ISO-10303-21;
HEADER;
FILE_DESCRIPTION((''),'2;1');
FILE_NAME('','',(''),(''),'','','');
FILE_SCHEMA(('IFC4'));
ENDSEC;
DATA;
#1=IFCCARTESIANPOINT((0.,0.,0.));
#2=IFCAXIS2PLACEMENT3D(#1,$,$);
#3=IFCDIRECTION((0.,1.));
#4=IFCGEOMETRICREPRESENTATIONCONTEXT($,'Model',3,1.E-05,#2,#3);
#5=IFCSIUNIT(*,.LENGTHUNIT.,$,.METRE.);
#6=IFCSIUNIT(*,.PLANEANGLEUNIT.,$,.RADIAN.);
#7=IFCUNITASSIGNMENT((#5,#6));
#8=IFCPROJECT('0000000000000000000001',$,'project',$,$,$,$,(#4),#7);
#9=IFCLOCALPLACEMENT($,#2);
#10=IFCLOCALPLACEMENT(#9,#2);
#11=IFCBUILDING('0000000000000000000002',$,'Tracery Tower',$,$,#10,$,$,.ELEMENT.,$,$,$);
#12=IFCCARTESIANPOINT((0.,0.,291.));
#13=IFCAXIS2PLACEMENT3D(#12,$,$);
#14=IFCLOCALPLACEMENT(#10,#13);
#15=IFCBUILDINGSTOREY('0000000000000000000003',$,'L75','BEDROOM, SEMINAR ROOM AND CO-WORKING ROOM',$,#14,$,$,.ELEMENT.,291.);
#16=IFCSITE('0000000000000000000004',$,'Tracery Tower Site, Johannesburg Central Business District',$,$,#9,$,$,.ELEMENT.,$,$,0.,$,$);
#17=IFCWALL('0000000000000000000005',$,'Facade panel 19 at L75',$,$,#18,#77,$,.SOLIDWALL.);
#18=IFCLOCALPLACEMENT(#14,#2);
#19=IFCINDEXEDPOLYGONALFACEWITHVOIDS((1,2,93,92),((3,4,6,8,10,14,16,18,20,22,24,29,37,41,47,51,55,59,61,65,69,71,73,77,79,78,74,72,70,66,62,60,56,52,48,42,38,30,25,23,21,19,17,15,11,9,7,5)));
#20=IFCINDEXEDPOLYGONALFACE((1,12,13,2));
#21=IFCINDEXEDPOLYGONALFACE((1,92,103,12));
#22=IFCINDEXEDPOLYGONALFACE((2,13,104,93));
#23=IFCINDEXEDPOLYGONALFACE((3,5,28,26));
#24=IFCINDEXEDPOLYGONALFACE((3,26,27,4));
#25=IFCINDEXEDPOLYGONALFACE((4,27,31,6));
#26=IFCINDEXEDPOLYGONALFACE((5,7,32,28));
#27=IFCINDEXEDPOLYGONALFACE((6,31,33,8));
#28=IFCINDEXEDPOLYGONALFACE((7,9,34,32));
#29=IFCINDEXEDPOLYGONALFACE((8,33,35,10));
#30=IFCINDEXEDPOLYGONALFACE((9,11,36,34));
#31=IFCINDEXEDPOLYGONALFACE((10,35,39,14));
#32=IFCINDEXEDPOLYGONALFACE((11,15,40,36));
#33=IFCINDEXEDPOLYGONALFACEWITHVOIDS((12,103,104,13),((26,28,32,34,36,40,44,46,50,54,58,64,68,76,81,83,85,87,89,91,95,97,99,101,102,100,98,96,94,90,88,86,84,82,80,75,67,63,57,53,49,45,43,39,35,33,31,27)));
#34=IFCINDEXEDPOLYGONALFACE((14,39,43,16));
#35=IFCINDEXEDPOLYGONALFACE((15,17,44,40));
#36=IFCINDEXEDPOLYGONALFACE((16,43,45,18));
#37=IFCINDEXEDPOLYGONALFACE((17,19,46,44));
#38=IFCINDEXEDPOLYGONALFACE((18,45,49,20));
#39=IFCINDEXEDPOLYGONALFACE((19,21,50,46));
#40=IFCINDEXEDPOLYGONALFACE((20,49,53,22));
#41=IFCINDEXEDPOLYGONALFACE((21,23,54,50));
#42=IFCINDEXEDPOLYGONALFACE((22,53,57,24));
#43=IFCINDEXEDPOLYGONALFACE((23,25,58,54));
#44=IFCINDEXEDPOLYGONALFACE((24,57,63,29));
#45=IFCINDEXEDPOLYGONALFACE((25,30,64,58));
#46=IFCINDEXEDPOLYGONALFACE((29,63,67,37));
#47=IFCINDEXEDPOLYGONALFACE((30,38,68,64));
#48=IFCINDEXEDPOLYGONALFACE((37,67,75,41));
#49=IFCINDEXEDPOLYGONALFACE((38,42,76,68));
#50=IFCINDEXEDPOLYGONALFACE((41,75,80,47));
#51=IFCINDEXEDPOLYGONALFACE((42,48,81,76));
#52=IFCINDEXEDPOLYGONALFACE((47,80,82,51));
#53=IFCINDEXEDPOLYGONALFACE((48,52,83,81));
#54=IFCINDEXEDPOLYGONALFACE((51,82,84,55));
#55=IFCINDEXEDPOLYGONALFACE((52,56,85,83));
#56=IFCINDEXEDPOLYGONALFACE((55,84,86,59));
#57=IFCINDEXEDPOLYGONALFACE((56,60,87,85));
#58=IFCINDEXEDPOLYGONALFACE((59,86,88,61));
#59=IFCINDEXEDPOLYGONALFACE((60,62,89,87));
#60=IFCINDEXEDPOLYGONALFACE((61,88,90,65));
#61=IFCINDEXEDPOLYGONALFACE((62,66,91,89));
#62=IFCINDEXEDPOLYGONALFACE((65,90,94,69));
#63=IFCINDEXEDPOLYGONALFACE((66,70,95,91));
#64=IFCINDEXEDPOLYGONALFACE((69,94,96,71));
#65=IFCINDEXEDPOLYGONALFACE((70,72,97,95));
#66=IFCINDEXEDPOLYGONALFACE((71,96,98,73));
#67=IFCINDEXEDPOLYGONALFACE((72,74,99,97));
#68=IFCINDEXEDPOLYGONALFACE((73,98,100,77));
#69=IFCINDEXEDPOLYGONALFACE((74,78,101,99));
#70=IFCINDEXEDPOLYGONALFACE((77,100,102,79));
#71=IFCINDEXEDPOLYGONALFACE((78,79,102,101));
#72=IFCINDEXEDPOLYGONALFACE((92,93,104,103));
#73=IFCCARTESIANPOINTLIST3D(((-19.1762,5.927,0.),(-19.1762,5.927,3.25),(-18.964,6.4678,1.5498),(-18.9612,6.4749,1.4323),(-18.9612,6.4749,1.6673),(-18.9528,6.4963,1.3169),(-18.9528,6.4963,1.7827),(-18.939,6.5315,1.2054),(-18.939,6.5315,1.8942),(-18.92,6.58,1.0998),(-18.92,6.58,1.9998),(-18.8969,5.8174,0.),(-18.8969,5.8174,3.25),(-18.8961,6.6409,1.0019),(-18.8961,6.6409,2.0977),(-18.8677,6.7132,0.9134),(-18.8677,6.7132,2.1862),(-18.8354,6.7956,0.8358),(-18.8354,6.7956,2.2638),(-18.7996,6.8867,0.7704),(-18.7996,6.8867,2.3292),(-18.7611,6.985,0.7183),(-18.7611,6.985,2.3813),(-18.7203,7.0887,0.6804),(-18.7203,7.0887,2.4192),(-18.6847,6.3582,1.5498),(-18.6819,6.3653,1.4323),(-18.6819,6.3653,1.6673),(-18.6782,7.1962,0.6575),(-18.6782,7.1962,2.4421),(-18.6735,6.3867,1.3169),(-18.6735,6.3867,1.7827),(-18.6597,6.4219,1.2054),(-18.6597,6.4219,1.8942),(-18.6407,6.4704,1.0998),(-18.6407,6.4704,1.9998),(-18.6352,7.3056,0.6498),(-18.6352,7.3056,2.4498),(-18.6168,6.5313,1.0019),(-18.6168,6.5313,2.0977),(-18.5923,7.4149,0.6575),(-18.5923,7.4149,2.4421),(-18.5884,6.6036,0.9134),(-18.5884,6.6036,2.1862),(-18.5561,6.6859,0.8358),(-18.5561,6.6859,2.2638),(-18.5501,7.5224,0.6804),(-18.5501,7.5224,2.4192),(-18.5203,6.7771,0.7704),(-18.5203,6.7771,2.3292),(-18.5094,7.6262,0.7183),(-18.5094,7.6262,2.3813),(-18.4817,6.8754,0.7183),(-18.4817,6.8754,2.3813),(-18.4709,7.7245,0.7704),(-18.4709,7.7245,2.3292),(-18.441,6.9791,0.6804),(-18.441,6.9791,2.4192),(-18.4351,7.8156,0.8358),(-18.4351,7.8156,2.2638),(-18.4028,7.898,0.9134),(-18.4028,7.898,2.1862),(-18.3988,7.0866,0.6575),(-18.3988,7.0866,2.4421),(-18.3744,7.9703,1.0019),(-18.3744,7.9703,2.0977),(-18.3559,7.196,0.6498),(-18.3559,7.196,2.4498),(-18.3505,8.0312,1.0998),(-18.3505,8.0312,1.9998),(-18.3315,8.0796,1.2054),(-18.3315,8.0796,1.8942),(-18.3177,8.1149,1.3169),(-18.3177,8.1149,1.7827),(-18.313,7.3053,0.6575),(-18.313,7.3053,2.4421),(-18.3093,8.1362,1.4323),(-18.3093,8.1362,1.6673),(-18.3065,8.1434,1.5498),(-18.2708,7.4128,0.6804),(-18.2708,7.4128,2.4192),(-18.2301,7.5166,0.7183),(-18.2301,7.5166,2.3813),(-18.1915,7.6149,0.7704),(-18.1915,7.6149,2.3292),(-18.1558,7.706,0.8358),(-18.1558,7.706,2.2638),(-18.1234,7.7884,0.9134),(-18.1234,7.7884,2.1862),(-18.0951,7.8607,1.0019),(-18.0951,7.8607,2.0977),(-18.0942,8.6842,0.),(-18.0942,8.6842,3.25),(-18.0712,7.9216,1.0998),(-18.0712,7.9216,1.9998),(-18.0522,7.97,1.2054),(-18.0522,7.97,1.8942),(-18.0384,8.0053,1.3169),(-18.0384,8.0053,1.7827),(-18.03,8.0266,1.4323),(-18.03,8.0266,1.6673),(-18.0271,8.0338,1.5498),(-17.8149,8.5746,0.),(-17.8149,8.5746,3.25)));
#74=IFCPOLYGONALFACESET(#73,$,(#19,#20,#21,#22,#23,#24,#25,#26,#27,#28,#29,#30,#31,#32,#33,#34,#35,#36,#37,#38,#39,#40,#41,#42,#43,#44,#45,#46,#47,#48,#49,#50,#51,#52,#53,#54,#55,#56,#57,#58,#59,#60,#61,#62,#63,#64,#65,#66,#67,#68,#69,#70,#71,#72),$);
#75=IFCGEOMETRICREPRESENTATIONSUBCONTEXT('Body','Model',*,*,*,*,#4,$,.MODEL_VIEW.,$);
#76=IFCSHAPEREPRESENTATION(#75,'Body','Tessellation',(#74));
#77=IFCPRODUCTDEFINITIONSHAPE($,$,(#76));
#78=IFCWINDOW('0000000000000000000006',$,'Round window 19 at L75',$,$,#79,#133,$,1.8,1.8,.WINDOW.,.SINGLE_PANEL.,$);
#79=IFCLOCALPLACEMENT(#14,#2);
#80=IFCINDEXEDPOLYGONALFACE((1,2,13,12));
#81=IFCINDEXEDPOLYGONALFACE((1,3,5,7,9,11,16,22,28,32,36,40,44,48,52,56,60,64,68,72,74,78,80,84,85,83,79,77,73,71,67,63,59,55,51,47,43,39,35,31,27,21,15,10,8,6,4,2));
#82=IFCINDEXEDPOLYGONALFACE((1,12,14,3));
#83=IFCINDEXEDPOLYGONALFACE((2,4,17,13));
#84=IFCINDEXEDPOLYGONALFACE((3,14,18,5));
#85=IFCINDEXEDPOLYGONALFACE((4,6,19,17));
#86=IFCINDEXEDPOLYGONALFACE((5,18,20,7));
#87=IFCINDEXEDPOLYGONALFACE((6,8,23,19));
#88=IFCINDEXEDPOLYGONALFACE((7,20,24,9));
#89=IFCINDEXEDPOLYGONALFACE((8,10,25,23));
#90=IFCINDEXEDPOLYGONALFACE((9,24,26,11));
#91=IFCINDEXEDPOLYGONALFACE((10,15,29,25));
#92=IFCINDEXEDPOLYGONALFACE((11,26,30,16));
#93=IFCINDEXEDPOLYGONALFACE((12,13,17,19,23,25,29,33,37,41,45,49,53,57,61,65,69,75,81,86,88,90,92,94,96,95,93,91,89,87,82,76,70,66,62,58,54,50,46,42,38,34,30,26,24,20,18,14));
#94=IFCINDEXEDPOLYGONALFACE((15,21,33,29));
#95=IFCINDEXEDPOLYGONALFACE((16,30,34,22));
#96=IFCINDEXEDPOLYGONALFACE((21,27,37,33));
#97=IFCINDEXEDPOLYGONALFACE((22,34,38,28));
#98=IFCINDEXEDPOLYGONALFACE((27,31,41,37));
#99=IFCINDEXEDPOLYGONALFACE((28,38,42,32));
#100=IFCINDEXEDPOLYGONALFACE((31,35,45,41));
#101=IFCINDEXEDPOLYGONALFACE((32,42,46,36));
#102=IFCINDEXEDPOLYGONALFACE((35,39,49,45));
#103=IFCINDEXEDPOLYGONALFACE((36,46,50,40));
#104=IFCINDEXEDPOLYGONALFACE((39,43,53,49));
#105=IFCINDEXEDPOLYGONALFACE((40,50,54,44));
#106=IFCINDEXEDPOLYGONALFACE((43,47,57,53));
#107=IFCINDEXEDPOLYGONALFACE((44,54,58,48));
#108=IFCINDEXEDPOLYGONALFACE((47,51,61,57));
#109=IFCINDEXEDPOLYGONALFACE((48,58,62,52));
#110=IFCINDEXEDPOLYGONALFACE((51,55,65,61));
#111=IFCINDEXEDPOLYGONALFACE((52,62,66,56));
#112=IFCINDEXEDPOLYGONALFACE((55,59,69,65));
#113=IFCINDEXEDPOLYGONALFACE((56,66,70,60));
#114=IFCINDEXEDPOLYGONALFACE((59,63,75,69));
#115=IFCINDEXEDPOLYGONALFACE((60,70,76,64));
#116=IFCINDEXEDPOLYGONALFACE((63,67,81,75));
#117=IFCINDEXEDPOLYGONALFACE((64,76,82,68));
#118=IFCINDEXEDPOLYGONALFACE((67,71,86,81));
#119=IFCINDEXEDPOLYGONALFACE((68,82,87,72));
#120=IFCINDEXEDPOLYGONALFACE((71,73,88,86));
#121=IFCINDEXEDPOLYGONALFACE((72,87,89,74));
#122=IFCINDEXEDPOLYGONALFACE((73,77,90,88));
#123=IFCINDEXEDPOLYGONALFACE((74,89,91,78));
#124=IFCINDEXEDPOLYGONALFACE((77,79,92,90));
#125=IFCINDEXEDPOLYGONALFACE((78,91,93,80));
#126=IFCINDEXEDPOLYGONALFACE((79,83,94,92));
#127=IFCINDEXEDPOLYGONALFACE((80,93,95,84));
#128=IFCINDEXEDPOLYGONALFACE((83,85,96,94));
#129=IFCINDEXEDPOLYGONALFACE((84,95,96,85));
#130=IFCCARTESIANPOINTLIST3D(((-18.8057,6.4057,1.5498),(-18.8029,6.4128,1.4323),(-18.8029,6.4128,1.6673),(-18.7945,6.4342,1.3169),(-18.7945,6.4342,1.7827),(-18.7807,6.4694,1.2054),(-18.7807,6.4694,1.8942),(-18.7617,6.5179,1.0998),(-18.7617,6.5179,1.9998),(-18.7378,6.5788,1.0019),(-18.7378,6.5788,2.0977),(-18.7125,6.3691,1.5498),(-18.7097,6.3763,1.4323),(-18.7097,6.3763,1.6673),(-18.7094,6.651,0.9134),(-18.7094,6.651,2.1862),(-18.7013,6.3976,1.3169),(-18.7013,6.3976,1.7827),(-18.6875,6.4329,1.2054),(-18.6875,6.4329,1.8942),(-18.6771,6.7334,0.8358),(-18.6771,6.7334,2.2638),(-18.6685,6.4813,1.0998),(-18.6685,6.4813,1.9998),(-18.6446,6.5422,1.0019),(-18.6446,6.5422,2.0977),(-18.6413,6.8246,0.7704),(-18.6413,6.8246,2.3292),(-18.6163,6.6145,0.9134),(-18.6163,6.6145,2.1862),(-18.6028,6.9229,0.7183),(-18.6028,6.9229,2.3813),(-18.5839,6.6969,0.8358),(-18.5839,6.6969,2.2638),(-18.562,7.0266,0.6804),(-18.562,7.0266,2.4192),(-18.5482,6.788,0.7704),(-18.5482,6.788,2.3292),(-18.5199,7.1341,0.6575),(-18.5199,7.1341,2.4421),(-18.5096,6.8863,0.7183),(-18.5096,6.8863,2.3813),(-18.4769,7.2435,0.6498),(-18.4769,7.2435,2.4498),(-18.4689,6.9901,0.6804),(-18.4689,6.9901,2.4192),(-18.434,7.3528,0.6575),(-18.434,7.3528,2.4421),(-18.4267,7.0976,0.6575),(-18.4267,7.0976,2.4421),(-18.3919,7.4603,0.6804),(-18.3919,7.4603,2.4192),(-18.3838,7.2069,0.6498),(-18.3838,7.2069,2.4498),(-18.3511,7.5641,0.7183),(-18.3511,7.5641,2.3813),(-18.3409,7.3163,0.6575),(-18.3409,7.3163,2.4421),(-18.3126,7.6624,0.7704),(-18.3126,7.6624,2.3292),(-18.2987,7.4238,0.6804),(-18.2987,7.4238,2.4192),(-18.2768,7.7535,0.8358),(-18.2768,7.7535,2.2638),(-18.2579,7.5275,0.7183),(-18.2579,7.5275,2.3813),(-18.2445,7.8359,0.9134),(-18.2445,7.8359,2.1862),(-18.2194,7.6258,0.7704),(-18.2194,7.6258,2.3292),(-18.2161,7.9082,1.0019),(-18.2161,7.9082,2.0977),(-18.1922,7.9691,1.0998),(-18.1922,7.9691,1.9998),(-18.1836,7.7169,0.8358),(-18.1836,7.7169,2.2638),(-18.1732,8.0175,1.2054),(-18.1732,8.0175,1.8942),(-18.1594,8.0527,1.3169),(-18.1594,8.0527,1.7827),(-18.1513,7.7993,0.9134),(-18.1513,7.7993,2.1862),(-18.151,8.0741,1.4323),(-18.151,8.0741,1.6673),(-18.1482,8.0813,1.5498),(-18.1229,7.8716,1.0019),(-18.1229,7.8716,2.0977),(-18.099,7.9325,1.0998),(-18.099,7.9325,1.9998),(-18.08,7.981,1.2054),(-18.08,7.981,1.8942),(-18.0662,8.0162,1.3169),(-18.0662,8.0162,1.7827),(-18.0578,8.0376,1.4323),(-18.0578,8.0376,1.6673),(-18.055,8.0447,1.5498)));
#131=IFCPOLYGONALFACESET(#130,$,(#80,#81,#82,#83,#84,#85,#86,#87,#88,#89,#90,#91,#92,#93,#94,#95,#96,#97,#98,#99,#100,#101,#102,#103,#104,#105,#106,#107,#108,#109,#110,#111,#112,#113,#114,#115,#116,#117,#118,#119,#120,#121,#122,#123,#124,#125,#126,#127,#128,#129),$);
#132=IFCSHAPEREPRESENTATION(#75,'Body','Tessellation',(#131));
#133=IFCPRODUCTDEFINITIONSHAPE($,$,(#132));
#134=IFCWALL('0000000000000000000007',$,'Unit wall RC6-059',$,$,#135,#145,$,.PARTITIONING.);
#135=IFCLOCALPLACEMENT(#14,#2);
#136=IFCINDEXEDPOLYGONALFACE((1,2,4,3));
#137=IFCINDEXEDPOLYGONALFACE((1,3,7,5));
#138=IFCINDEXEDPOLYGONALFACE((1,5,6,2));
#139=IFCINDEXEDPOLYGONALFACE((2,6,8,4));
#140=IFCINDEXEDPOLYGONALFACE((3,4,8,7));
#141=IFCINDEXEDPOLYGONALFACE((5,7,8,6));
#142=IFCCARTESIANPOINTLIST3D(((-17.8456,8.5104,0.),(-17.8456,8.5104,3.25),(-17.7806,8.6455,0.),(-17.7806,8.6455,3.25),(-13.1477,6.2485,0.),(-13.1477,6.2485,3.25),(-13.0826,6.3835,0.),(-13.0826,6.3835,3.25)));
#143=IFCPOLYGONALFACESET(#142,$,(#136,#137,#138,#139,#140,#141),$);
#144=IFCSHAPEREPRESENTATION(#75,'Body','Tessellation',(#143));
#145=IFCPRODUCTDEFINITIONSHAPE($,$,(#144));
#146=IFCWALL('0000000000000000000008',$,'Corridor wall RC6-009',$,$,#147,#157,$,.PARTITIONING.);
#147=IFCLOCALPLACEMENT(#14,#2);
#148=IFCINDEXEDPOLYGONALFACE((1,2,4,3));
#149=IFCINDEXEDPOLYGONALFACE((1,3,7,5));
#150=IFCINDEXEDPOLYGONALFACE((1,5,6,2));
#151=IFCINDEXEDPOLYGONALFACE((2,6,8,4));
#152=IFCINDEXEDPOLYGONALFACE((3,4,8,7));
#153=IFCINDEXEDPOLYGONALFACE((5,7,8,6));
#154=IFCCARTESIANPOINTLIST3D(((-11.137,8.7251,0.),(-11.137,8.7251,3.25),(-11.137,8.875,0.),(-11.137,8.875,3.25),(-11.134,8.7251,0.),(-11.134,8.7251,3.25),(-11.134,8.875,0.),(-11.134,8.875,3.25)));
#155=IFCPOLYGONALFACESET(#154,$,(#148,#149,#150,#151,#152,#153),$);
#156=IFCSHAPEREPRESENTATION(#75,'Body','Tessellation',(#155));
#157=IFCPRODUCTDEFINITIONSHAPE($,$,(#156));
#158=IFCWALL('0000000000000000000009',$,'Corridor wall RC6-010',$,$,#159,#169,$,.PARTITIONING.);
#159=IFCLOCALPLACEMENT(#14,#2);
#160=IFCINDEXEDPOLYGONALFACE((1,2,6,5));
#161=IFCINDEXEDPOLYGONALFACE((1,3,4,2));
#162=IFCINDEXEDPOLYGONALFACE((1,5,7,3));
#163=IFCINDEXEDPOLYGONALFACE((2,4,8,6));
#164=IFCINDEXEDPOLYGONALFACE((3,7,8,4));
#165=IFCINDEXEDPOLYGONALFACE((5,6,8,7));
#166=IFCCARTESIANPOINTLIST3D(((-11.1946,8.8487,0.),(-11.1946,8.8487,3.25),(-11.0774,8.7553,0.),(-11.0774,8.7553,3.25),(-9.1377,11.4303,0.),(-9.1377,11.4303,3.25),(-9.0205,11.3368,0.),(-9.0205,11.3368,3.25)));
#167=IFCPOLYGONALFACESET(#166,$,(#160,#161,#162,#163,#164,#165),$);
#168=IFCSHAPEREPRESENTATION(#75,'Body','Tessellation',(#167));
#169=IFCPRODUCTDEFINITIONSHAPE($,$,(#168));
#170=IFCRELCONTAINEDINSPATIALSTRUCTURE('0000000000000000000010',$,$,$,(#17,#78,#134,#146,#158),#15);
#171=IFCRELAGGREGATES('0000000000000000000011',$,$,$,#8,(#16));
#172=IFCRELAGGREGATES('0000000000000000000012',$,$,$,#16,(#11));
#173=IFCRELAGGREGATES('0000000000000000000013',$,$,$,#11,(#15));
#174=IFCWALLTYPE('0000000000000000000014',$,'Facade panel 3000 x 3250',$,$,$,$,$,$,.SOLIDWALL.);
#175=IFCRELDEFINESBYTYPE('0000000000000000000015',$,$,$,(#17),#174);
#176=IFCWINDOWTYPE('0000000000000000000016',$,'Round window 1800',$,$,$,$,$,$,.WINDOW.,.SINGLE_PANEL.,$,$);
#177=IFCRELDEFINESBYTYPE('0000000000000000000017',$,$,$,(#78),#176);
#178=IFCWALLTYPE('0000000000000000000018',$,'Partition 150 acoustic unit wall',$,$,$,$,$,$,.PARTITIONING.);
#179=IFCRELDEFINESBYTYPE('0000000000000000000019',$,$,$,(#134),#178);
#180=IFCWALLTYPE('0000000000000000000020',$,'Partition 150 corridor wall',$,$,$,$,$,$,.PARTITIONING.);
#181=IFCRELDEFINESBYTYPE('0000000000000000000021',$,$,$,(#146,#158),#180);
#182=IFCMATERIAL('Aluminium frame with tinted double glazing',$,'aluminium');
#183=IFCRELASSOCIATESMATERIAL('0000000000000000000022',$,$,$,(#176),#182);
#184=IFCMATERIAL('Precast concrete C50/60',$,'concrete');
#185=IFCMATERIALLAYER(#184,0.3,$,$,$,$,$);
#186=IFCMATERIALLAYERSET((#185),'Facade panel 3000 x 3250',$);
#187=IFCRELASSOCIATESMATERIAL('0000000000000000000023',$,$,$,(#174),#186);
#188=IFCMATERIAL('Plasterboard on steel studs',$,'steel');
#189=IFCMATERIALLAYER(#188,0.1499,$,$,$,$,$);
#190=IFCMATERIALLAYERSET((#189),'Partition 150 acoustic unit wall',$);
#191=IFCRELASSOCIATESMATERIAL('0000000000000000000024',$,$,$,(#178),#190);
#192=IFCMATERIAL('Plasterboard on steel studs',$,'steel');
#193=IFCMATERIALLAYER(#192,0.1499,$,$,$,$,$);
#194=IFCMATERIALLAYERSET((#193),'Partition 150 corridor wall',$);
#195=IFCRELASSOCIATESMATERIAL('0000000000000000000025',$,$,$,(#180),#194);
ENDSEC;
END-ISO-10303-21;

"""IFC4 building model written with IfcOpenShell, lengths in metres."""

from ifc_helpers import new_model, si_unit, direction, frame, frame_2d, origin, origin_2d, place, context, subcontext, project, spatial, rectangle, circle, extrude, material, layer, layer_set, type_object, element, fill, save


model = new_model("IFC4")

# Units and contexts
model_context = context("Model", 3, precision=1e-05, world=origin(), true_north=direction((0.0, 1.0)))
body_context = subcontext(model_context, "Body", "Model", "MODEL_VIEW")
ifc_project = project(units=[si_unit("LENGTHUNIT", "METRE"), si_unit("PLANEANGLEUNIT", "RADIAN")], contexts=[model_context])

# Site, building, storey
site_placement = place(None, origin())
site = spatial("IfcSite", under=ifc_project, at=site_placement, Name="Tracery Tower Site, Johannesburg Central Business District", CompositionType="ELEMENT", RefElevation=0.0)
building_placement = place(site_placement, origin())
building = spatial("IfcBuilding", under=site, at=building_placement, Name="Tracery Tower", CompositionType="ELEMENT")
storey_placement = place(building_placement, frame((0.0, 0.0, 291.0)))
storey = spatial("IfcBuildingStorey", under=building, at=storey_placement, Name="L75", Description="BEDROOM, SEMINAR ROOM AND CO-WORKING ROOM", CompositionType="ELEMENT", Elevation=291.0)

# Wall, opening, window
ifc_material_1 = material(Name="Aluminium frame with tinted double glazing", Category="aluminium")
window_type = type_object("IfcWindowType", Name="Round window 1800", PartitioningType="SINGLE_PANEL", PredefinedType="WINDOW", material=ifc_material_1)
ifc_material_2 = material(Name="Precast concrete C50/60", Category="concrete")
ifc_layer_1 = layer(ifc_material_2, 0.3)
ifc_layer_set_1 = layer_set([ifc_layer_1], Name="Facade panel 3000 x 3250")
wall_type_1 = type_object("IfcWallType", Name="Facade panel 3000 x 3250", PredefinedType="SOLIDWALL", material=ifc_layer_set_1)
wall_1_placement = place(storey_placement, frame((-17.9546, 8.6294, 0.0), z_axis=(0.0, 0.0, 1.0), x_axis=(-0.3653, -0.93089, 0.0)))
wall_1 = element("IfcWall", 1, at=wall_1_placement, inside=storey, type_object=wall_type_1, Name="Facade panel 19 at L75", PredefinedType="SOLIDWALL", context=body_context, shape_type="SweptSolid", body=[
    extrude(rectangle(XDim=2.9619, YDim=0.3, at=frame_2d((1.481, 0.0))), origin(), (0.0, 0.0, 1.0), 3.25),
])
opening_1_placement = place(wall_1_placement, frame((1.481, 0.0, 1.5498)))
opening_1 = element("IfcOpeningElement", 2, at=opening_1_placement, cuts=wall_1, PredefinedType="OPENING", context=body_context, shape_type="SweptSolid", body=[
    extrude(circle(Radius=0.9, at=origin_2d()), frame((0.0, 0.1599, 0.0), z_axis=(0.0, -1.0, 0.0), x_axis=(1.0, 0.0, 0.0)), (0.0, 0.0, 1.0), 0.3201),
])
window_1_placement = place(opening_1_placement, origin())
window_1 = element("IfcWindow", 3, at=window_1_placement, inside=storey, type_object=window_type, Name="Round window 19 at L75", OverallHeight=1.8, OverallWidth=1.8, PartitioningType="SINGLE_PANEL", PredefinedType="WINDOW", context=body_context, shape_type="SweptSolid", body=[
    extrude(circle(Radius=0.9, at=origin_2d()), frame((0.0, 0.1201, 0.0), z_axis=(0.0, -1.0, 0.0), x_axis=(1.0, 0.0, 0.0)), (0.0, 0.0, 1.0), 0.1001),
])
fill(opening_1, window_1)

# Walls
ifc_material_3 = material(Name="Plasterboard on steel studs", Category="steel")
ifc_layer_2 = layer(ifc_material_3, 0.1499)
ifc_layer_set_2 = layer_set([ifc_layer_2], Name="Partition 150 acoustic unit wall")
wall_type_2 = type_object("IfcWallType", Name="Partition 150 acoustic unit wall", PredefinedType="PARTITIONING", material=ifc_layer_set_2)
wall_2_placement = place(storey_placement, frame((-17.813, 8.5779, 0.0), z_axis=(0.0, 0.0, 1.0), x_axis=(0.901004, -0.43381, 0.0)))
element("IfcWall", 4, at=wall_2_placement, inside=storey, type_object=wall_type_2, Name="Unit wall RC6-059", PredefinedType="PARTITIONING", context=body_context, shape_type="SweptSolid", body=[
    extrude(rectangle(XDim=5.2141, YDim=0.1499, at=frame_2d((2.6069, 0.0))), origin(), (0.0, 0.0, 1.0), 3.25),
])
ifc_material_4 = material(Name="Plasterboard on steel studs", Category="steel")
ifc_layer_3 = layer(ifc_material_4, 0.1499)
ifc_layer_set_3 = layer_set([ifc_layer_3], Name="Partition 150 corridor wall")
wall_type_3 = type_object("IfcWallType", Name="Partition 150 corridor wall", PredefinedType="PARTITIONING", material=ifc_layer_set_3)
wall_3_placement = place(storey_placement, frame((-11.134, 8.8, 0.0), z_axis=(0.0, 0.0, 1.0), x_axis=(-1.0, 0.0, 0.0)))
element("IfcWall", 5, at=wall_3_placement, inside=storey, type_object=wall_type_3, Name="Corridor wall RC6-009", PredefinedType="PARTITIONING", context=body_context, shape_type="SweptSolid", body=[
    extrude(rectangle(XDim=0.0029, YDim=0.1499, at=frame_2d((0.0015, 0.0))), origin(), (0.0, 0.0, 1.0), 3.25),
])
wall_4_placement = place(storey_placement, frame((-11.136, 8.802, 0.0), z_axis=(0.0, 0.0, 1.0), x_axis=(0.623151, 0.782101, 0.0)))
element("IfcWall", 6, at=wall_4_placement, inside=storey, type_object=wall_type_3, Name="Corridor wall RC6-010", PredefinedType="PARTITIONING", context=body_context, shape_type="SweptSolid", body=[
    extrude(rectangle(XDim=3.3008, YDim=0.1499, at=frame_2d((1.6504, 0.0))), origin(), (0.0, 0.0, 1.0), 3.25),
])

save(model, "model.ifc")
